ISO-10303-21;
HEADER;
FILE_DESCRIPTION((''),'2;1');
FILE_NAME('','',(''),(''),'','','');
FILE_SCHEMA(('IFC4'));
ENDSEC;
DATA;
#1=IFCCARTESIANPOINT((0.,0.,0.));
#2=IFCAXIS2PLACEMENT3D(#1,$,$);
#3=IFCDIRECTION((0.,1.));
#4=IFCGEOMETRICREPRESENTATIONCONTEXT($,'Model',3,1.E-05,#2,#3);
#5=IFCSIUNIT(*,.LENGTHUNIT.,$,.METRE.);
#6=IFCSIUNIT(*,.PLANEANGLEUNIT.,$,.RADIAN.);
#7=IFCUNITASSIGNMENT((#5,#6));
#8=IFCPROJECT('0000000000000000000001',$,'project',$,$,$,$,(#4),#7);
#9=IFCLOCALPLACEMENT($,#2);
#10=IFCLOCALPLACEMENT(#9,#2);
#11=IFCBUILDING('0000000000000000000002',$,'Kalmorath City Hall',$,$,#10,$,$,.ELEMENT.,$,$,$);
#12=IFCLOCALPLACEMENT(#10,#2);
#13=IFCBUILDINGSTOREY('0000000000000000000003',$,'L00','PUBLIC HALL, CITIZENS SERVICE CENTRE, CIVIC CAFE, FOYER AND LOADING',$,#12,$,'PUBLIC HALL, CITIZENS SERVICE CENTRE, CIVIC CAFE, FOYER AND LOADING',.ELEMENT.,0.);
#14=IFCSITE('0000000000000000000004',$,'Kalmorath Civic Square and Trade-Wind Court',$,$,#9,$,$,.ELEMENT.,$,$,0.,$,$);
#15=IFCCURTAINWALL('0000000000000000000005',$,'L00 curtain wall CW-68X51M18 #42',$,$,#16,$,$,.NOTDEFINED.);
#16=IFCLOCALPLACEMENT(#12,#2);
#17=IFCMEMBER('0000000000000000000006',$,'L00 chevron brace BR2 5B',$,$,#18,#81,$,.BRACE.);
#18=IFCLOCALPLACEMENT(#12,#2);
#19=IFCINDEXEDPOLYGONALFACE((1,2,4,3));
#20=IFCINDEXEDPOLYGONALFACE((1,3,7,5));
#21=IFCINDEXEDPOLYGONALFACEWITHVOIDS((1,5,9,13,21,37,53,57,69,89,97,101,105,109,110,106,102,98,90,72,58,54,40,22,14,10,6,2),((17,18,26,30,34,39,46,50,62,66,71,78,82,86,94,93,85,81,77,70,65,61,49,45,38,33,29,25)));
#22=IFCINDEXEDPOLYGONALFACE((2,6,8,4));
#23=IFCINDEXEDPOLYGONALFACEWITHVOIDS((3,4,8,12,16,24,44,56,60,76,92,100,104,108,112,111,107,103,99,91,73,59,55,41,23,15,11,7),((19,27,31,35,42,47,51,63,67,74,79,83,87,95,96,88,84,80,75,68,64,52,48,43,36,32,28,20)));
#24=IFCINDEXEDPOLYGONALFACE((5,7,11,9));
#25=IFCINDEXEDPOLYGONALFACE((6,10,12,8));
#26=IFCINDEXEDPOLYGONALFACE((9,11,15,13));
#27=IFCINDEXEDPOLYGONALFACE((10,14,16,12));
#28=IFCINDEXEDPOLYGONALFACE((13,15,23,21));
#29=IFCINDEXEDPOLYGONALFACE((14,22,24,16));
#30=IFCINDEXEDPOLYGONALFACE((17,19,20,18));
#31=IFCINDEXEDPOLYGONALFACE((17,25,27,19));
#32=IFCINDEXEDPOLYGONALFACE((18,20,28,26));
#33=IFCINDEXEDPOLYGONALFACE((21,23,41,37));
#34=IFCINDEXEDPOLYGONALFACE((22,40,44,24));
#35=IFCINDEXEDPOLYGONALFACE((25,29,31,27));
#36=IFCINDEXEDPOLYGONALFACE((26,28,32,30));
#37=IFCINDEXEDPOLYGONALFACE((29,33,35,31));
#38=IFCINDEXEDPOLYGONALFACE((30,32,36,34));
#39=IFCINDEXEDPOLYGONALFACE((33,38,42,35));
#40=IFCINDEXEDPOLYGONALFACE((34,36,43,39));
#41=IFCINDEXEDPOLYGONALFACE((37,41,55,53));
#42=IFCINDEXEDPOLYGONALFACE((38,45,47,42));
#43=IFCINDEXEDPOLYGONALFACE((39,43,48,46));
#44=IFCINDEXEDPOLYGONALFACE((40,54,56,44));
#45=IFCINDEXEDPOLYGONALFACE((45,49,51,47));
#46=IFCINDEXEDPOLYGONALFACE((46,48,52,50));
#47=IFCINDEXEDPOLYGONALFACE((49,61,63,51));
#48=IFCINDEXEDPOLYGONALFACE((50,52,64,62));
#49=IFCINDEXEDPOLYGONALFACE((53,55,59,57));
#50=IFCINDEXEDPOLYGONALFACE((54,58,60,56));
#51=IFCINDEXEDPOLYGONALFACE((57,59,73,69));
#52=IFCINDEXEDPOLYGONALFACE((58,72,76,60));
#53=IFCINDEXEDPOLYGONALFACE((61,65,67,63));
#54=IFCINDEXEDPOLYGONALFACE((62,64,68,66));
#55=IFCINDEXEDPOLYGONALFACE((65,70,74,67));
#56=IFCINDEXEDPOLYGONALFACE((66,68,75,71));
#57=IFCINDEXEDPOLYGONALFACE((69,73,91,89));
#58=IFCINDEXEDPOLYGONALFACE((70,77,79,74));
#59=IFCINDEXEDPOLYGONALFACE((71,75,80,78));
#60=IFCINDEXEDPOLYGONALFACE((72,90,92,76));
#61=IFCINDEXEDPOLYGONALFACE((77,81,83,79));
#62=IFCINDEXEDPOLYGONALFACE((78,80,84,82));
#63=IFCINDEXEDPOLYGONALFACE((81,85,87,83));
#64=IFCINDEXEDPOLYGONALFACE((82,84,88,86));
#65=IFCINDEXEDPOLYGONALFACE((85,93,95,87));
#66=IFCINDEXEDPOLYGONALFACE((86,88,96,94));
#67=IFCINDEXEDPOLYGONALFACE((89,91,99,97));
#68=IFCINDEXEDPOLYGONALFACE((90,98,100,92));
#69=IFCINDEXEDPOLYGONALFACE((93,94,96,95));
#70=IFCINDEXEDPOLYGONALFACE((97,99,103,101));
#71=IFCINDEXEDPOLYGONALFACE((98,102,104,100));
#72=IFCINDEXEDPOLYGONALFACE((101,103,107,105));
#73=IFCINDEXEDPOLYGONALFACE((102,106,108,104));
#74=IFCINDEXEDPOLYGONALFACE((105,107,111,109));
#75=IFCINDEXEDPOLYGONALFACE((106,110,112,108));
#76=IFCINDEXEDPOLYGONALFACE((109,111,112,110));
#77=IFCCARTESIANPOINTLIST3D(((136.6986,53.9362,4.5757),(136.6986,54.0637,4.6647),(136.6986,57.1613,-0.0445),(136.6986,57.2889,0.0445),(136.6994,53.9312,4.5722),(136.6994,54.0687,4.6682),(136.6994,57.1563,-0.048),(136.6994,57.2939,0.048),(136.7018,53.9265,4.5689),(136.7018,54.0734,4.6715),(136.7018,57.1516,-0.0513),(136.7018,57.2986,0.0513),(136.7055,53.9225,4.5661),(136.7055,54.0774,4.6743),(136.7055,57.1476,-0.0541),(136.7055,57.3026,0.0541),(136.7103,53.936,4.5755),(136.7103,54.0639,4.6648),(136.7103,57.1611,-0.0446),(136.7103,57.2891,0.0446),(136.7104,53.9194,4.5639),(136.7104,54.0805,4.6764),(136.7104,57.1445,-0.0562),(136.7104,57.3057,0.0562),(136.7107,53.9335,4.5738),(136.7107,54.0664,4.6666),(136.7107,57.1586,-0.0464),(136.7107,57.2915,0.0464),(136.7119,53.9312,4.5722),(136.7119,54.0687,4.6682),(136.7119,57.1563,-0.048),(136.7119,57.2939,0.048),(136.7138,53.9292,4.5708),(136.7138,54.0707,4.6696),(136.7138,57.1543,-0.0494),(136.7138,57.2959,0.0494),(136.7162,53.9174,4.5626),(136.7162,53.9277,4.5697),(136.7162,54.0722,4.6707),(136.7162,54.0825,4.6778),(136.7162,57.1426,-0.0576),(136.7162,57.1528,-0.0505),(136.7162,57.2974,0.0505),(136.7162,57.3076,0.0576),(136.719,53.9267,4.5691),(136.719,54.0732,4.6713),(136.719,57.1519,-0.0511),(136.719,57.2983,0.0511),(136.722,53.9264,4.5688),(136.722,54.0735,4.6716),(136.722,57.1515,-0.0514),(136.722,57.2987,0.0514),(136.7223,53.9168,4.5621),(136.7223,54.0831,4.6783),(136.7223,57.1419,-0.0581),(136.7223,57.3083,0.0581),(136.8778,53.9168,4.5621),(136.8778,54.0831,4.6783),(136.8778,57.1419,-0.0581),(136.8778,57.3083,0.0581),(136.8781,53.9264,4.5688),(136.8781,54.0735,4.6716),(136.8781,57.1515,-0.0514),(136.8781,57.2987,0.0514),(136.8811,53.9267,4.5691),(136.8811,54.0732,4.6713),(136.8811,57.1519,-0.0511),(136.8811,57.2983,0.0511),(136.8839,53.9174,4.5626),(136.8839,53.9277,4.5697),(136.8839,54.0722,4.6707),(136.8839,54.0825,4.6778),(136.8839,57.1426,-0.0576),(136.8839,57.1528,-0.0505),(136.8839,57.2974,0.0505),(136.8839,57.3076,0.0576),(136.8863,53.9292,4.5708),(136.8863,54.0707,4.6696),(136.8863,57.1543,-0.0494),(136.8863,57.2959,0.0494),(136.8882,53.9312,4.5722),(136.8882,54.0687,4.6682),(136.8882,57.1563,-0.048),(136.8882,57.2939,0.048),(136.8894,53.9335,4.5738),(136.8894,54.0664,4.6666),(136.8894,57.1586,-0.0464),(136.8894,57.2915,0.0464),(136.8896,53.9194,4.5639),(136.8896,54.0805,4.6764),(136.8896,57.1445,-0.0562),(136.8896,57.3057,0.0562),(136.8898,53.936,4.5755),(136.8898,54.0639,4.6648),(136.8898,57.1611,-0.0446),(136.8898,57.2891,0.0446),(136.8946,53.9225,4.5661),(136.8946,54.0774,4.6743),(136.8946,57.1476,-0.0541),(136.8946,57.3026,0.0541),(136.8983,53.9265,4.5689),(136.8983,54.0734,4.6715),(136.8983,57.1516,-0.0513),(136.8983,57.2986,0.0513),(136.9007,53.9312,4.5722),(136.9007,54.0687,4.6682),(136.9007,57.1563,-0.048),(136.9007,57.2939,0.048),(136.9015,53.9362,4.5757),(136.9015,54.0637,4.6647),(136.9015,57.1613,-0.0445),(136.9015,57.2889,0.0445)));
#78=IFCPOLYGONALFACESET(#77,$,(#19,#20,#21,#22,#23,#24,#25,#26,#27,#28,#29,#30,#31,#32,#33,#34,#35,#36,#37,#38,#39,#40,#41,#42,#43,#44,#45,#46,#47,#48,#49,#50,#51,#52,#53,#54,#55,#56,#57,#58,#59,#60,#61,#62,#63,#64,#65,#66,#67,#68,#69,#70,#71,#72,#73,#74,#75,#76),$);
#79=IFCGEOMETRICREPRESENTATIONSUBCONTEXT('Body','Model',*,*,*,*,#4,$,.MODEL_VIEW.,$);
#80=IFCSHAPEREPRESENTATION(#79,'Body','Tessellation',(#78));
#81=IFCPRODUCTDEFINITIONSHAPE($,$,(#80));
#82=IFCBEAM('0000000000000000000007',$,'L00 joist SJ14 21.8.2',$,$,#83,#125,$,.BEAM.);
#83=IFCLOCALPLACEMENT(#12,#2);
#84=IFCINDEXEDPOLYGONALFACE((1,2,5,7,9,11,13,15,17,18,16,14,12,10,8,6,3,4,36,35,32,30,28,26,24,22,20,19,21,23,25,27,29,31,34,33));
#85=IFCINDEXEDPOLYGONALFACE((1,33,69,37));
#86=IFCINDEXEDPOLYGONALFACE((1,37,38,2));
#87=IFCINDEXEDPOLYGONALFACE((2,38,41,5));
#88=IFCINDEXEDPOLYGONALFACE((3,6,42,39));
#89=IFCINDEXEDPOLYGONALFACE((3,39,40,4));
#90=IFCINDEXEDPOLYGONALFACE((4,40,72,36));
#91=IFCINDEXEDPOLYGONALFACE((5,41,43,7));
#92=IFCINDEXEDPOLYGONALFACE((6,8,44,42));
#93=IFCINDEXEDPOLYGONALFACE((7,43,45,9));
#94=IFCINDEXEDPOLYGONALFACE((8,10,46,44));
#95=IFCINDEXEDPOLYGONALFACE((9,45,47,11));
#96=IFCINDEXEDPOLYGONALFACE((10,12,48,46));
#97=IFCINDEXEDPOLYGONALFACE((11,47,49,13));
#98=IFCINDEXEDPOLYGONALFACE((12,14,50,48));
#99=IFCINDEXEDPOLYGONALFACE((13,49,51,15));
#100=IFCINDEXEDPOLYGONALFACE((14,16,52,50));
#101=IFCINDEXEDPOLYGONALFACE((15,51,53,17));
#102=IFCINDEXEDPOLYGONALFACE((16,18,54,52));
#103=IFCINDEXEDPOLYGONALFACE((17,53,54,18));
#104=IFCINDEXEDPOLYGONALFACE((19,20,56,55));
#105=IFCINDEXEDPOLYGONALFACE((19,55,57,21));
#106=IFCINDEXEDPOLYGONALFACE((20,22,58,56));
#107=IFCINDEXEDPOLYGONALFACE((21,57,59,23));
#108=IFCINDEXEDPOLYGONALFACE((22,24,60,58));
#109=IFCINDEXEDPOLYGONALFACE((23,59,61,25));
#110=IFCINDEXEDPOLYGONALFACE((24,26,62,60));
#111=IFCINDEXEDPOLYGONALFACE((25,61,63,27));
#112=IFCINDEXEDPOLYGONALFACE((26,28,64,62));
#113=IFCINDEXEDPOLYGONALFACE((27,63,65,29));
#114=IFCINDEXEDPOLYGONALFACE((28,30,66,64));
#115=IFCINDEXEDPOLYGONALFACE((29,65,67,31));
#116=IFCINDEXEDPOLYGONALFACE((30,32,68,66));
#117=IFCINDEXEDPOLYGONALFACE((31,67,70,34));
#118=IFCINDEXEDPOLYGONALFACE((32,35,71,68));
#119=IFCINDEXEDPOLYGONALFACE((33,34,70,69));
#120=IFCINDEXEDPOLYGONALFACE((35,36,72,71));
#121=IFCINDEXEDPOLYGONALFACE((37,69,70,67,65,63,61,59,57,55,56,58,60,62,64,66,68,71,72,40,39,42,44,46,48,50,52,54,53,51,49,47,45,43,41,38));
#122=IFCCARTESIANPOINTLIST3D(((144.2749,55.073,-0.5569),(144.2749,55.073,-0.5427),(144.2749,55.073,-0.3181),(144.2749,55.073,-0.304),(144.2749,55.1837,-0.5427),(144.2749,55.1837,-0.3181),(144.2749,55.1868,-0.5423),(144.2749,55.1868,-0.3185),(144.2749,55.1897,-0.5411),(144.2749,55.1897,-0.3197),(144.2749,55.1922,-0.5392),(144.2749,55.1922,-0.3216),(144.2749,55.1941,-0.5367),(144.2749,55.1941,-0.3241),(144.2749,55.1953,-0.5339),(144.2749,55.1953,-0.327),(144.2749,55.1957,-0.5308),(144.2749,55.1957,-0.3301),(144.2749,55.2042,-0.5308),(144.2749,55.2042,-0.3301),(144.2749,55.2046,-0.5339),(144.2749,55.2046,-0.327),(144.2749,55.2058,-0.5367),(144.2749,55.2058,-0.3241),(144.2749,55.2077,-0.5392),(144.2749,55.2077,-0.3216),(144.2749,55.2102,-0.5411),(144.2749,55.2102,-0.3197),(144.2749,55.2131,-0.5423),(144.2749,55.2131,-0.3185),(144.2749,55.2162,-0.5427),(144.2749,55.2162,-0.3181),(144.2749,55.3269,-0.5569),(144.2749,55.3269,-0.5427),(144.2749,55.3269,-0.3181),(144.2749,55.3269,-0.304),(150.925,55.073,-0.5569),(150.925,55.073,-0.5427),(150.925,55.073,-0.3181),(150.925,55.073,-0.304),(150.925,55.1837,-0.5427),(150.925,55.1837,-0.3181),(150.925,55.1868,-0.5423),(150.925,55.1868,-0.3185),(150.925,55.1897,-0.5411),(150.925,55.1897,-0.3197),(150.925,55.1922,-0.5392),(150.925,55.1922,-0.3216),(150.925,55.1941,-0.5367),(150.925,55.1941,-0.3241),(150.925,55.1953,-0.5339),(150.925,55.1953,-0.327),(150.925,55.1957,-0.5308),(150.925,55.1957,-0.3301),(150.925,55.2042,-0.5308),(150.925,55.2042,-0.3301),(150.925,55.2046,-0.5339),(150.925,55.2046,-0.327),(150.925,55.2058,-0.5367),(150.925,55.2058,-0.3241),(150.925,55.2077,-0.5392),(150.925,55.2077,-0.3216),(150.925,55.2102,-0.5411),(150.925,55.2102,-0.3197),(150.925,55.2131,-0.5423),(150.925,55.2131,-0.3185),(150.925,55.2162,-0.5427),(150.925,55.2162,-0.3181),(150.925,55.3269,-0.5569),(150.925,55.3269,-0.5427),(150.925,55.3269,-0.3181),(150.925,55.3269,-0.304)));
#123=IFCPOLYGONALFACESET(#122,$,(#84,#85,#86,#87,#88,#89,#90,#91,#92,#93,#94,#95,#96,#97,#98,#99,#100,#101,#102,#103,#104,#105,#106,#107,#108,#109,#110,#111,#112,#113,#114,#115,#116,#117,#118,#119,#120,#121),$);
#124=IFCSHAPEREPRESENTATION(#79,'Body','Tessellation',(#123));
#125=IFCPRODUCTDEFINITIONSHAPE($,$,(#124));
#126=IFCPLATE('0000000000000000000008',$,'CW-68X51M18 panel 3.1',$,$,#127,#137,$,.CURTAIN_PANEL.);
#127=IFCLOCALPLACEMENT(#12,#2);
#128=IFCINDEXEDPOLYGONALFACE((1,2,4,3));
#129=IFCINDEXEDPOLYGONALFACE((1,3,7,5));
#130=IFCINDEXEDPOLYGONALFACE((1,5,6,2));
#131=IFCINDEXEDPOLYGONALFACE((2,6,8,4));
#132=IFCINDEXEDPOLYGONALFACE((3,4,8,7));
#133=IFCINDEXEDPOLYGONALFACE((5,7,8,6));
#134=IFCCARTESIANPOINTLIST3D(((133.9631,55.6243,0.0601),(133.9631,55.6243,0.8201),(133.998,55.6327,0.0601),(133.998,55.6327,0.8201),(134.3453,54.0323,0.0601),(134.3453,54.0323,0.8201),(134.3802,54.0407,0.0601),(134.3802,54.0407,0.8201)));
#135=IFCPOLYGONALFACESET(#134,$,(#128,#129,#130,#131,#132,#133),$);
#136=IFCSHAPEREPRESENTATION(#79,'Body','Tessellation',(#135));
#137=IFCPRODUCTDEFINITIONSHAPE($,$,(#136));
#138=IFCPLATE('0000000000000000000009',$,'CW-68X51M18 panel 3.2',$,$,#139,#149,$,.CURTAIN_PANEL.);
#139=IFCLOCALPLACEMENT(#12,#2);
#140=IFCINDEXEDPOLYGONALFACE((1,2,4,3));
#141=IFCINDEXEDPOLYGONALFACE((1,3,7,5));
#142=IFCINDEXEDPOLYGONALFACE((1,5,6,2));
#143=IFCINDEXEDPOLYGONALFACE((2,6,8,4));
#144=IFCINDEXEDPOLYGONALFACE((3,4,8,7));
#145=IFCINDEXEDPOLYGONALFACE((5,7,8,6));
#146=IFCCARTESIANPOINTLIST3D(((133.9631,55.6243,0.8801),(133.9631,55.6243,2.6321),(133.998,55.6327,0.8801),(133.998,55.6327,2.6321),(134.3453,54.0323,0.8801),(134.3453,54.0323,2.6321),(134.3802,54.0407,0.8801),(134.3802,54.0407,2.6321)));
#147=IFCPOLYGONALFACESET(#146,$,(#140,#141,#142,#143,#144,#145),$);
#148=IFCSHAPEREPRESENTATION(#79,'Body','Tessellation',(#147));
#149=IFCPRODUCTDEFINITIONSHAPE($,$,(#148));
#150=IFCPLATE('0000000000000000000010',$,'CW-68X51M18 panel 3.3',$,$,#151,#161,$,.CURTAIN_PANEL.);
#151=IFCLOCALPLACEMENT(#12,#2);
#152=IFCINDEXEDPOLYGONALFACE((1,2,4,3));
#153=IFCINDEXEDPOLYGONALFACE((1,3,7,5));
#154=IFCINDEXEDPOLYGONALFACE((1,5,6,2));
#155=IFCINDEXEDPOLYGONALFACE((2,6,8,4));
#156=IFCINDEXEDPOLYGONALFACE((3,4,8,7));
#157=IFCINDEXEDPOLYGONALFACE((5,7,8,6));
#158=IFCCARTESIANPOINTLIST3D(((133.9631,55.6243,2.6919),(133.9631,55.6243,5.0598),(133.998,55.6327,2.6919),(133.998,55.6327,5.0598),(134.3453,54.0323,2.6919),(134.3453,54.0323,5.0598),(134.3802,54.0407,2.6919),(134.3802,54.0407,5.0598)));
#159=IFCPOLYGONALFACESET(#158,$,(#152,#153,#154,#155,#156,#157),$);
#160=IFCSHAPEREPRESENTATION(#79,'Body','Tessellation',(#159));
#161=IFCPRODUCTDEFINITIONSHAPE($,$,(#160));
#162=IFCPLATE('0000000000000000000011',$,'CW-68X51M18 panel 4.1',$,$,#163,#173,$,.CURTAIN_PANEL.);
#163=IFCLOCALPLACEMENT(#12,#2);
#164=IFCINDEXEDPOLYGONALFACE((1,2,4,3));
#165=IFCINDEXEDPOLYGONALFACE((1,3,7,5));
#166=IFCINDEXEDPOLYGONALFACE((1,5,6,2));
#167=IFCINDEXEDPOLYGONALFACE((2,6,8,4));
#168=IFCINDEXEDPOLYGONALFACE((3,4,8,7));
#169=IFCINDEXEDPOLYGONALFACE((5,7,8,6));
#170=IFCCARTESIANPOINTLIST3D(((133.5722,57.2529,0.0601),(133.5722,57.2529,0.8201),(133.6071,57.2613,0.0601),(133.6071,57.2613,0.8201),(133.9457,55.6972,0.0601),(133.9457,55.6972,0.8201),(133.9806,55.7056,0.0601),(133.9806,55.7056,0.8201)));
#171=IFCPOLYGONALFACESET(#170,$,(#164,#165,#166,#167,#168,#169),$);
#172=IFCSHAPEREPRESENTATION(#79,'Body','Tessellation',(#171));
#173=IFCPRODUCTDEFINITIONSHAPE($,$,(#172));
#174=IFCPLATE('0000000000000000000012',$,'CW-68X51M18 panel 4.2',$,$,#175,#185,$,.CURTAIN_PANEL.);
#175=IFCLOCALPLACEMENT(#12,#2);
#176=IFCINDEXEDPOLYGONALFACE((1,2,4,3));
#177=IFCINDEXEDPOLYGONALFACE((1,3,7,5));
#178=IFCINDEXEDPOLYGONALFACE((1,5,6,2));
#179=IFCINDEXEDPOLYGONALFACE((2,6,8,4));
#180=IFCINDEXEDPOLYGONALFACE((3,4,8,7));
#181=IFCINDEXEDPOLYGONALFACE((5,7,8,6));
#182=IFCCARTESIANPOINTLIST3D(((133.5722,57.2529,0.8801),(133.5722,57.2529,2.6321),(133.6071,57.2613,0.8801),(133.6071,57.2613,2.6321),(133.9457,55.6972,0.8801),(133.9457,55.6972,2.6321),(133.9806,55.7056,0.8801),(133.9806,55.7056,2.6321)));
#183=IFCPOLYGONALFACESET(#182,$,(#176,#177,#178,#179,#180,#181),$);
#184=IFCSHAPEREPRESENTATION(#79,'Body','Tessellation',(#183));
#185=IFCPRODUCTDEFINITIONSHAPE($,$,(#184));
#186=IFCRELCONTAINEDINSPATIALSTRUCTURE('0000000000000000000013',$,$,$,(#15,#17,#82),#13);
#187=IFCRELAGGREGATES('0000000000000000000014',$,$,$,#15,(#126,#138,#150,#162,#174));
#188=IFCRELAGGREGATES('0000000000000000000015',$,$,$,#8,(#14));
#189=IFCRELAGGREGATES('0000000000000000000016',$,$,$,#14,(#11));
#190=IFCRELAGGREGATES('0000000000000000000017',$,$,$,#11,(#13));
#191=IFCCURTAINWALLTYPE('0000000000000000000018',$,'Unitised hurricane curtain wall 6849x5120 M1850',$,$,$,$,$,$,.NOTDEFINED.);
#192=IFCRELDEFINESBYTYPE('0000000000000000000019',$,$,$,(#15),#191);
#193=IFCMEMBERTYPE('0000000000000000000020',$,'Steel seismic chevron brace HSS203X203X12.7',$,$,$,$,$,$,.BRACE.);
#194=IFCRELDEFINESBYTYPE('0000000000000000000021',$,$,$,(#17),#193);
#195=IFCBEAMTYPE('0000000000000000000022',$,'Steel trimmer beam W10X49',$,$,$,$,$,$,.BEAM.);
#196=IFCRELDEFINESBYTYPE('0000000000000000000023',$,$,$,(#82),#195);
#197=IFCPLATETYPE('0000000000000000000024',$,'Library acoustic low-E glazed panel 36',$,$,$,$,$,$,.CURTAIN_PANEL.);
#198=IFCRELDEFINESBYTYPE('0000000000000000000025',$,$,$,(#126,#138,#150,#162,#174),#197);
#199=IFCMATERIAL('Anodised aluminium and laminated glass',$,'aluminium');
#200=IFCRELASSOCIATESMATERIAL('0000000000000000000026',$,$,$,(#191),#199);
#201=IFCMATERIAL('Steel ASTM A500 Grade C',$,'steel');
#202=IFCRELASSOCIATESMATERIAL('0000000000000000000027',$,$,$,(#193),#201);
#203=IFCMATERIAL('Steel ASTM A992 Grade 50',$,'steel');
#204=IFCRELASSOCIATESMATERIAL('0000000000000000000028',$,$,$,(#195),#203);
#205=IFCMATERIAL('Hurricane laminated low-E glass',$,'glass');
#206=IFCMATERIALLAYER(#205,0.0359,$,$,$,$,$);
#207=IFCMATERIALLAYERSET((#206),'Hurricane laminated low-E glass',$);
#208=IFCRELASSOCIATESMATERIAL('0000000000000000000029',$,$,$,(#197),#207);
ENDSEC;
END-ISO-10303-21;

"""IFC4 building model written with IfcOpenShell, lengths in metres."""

from ifc_helpers import new_model, si_unit, direction, frame, origin, origin_2d, place, context, subcontext, project, spatial, rectangle, hollow_rectangle, i_section, extrude, material, layer, layer_set, material_profile, profile_set, type_object, element, aggregate, save


model = new_model("IFC4")

# Units and contexts
model_context = context("Model", 3, precision=1e-05, world=origin(), true_north=direction((0.0, 1.0)))
body_context = subcontext(model_context, "Body", "Model", "MODEL_VIEW")
ifc_project = project(units=[si_unit("LENGTHUNIT", "METRE"), si_unit("PLANEANGLEUNIT", "RADIAN")], contexts=[model_context])

# Site, building, storey
site_placement = place(None, origin())
site = spatial("IfcSite", under=ifc_project, at=site_placement, Name="Kalmorath Civic Square and Trade-Wind Court", CompositionType="ELEMENT", RefElevation=0.0)
building_placement = place(site_placement, origin())
building = spatial("IfcBuilding", under=site, at=building_placement, Name="Kalmorath City Hall", CompositionType="ELEMENT")
storey_placement = place(building_placement, origin())
storey = spatial("IfcBuildingStorey", under=building, at=storey_placement, Name="L00", Description="PUBLIC HALL, CITIZENS SERVICE CENTRE, CIVIC CAFE, FOYER AND LOADING", LongName="PUBLIC HALL, CITIZENS SERVICE CENTRE, CIVIC CAFE, FOYER AND LOADING", CompositionType="ELEMENT", Elevation=0.0)

# Curtain wall
ifc_material_1 = material(Name="Anodised aluminium and laminated glass", Category="aluminium")
curtain_wall_type = type_object("IfcCurtainWallType", Name="Unitised hurricane curtain wall 6849x5120 M1850", PredefinedType="NOTDEFINED", material=ifc_material_1)
curtain_wall_placement = place(storey_placement, origin())
curtain_wall = element("IfcCurtainWall", 1, at=curtain_wall_placement, inside=storey, type_object=curtain_wall_type, Name="L00 curtain wall CW-68X51M18 #42", PredefinedType="NOTDEFINED")

# Member
ifc_material_2 = material(Name="Steel ASTM A500 Grade C", Category="steel")
ifc_material_profile_1 = material_profile(ifc_material_2, hollow_rectangle(XDim=0.2029, YDim=0.2029, WallThickness=0.0117, InnerFilletRadius=0.0117, OuterFilletRadius=0.0237, at=origin_2d()), Name="HSS203X203X12.7")
ifc_profile_set_1 = profile_set([ifc_material_profile_1], Name="Steel ASTM A500 Grade C")
member_type_1 = type_object("IfcMemberType", Name="Steel seismic chevron brace HSS203X203X12.7", PredefinedType="BRACE", material=ifc_profile_set_1)
member_1_placement = place(storey_placement, frame((136.8, 57.2251, 0.0), z_axis=(0.0, -0.572392, 0.81998), x_axis=(1.0, 0.0, 0.0)))
element("IfcMember", 2, at=member_1_placement, inside=storey, type_object=member_type_1, Name="L00 chevron brace BR2 5B", PredefinedType="BRACE", context=body_context, shape_type="SweptSolid", body=[
    extrude(hollow_rectangle(XDim=0.2029, YDim=0.2029, WallThickness=0.0117, InnerFilletRadius=0.0117, OuterFilletRadius=0.0237, at=origin_2d()), origin(), (0.0, 0.0, 1.0), 5.6345),
])

# Beam
ifc_material_3 = material(Name="Steel ASTM A992 Grade 50", Category="steel")
ifc_material_profile_2 = material_profile(ifc_material_3, i_section(OverallWidth=0.2539, OverallDepth=0.2529, WebThickness=0.0085, FlangeThickness=0.0142, FilletRadius=0.012, at=origin_2d()), Name="W10X49")
ifc_profile_set_2 = profile_set([ifc_material_profile_2], Name="Steel ASTM A992 Grade 50")
beam_type_1 = type_object("IfcBeamType", Name="Steel trimmer beam W10X49", PredefinedType="BEAM", material=ifc_profile_set_2)
beam_1_placement = place(storey_placement, frame((144.2749, 55.2, -0.4304), z_axis=(1.0, 0.0, 0.0), x_axis=(0.0, 1.0, 0.0)))
element("IfcBeam", 3, at=beam_1_placement, inside=storey, type_object=beam_type_1, Name="L00 joist SJ14 21.8.2", PredefinedType="BEAM", context=body_context, shape_type="SweptSolid", body=[
    extrude(i_section(OverallWidth=0.2539, OverallDepth=0.2529, WebThickness=0.0085, FlangeThickness=0.0142, FilletRadius=0.012, at=origin_2d()), origin(), (0.0, 0.0, 1.0), 6.6501),
])

# Plates
ifc_material_4 = material(Name="Hurricane laminated low-E glass", Category="glass")
ifc_layer_1 = layer(ifc_material_4, 0.0359)
ifc_layer_set_1 = layer_set([ifc_layer_1], Name="Hurricane laminated low-E glass")
plate_type_1 = type_object("IfcPlateType", Name="Library acoustic low-E glazed panel 36", PredefinedType="CURTAIN_PANEL", material=ifc_layer_set_1)
plate_1_placement = place(storey_placement, frame((134.1716, 54.8325, 0.0601), z_axis=(0.0, 0.0, 1.0), x_axis=(-0.233456, 0.972367, 0.0)))
plate_1 = element("IfcPlate", 4, at=plate_1_placement, type_object=plate_type_1, Name="CW-68X51M18 panel 3.1", PredefinedType="CURTAIN_PANEL", context=body_context, shape_type="SweptSolid", body=[
    extrude(rectangle(XDim=1.6372, YDim=0.0359, at=origin_2d()), origin(), (0.0, 0.0, 1.0), 0.76),
])
plate_2_placement = place(storey_placement, frame((134.1716, 54.8325, 0.8801), z_axis=(0.0, 0.0, 1.0), x_axis=(-0.233456, 0.972367, 0.0)))
plate_2 = element("IfcPlate", 5, at=plate_2_placement, type_object=plate_type_1, Name="CW-68X51M18 panel 3.2", PredefinedType="CURTAIN_PANEL", context=body_context, shape_type="SweptSolid", body=[
    extrude(rectangle(XDim=1.6372, YDim=0.0359, at=origin_2d()), origin(), (0.0, 0.0, 1.0), 1.752),
])
plate_3_placement = place(storey_placement, frame((134.1716, 54.8325, 2.6919), z_axis=(0.0, 0.0, 1.0), x_axis=(-0.233456, 0.972367, 0.0)))
plate_3 = element("IfcPlate", 6, at=plate_3_placement, type_object=plate_type_1, Name="CW-68X51M18 panel 3.3", PredefinedType="CURTAIN_PANEL", context=body_context, shape_type="SweptSolid", body=[
    extrude(rectangle(XDim=1.6372, YDim=0.0359, at=origin_2d()), origin(), (0.0, 0.0, 1.0), 2.3679),
])
plate_4_placement = place(storey_placement, frame((133.7764, 56.4792, 0.0601), z_axis=(0.0, 0.0, 1.0), x_axis=(-0.233456, 0.972367, 0.0)))
plate_4 = element("IfcPlate", 7, at=plate_4_placement, type_object=plate_type_1, Name="CW-68X51M18 panel 4.1", PredefinedType="CURTAIN_PANEL", context=body_context, shape_type="SweptSolid", body=[
    extrude(rectangle(XDim=1.5999, YDim=0.0359, at=origin_2d()), origin(), (0.0, 0.0, 1.0), 0.76),
])
plate_5_placement = place(storey_placement, frame((133.7764, 56.4792, 0.8801), z_axis=(0.0, 0.0, 1.0), x_axis=(-0.233456, 0.972367, 0.0)))
plate_5 = element("IfcPlate", 8, at=plate_5_placement, type_object=plate_type_1, Name="CW-68X51M18 panel 4.2", PredefinedType="CURTAIN_PANEL", context=body_context, shape_type="SweptSolid", body=[
    extrude(rectangle(XDim=1.5999, YDim=0.0359, at=origin_2d()), origin(), (0.0, 0.0, 1.0), 1.752),
])
aggregate(curtain_wall, [plate_1, plate_2, plate_3, plate_4, plate_5])

save(model, "model.ifc")
